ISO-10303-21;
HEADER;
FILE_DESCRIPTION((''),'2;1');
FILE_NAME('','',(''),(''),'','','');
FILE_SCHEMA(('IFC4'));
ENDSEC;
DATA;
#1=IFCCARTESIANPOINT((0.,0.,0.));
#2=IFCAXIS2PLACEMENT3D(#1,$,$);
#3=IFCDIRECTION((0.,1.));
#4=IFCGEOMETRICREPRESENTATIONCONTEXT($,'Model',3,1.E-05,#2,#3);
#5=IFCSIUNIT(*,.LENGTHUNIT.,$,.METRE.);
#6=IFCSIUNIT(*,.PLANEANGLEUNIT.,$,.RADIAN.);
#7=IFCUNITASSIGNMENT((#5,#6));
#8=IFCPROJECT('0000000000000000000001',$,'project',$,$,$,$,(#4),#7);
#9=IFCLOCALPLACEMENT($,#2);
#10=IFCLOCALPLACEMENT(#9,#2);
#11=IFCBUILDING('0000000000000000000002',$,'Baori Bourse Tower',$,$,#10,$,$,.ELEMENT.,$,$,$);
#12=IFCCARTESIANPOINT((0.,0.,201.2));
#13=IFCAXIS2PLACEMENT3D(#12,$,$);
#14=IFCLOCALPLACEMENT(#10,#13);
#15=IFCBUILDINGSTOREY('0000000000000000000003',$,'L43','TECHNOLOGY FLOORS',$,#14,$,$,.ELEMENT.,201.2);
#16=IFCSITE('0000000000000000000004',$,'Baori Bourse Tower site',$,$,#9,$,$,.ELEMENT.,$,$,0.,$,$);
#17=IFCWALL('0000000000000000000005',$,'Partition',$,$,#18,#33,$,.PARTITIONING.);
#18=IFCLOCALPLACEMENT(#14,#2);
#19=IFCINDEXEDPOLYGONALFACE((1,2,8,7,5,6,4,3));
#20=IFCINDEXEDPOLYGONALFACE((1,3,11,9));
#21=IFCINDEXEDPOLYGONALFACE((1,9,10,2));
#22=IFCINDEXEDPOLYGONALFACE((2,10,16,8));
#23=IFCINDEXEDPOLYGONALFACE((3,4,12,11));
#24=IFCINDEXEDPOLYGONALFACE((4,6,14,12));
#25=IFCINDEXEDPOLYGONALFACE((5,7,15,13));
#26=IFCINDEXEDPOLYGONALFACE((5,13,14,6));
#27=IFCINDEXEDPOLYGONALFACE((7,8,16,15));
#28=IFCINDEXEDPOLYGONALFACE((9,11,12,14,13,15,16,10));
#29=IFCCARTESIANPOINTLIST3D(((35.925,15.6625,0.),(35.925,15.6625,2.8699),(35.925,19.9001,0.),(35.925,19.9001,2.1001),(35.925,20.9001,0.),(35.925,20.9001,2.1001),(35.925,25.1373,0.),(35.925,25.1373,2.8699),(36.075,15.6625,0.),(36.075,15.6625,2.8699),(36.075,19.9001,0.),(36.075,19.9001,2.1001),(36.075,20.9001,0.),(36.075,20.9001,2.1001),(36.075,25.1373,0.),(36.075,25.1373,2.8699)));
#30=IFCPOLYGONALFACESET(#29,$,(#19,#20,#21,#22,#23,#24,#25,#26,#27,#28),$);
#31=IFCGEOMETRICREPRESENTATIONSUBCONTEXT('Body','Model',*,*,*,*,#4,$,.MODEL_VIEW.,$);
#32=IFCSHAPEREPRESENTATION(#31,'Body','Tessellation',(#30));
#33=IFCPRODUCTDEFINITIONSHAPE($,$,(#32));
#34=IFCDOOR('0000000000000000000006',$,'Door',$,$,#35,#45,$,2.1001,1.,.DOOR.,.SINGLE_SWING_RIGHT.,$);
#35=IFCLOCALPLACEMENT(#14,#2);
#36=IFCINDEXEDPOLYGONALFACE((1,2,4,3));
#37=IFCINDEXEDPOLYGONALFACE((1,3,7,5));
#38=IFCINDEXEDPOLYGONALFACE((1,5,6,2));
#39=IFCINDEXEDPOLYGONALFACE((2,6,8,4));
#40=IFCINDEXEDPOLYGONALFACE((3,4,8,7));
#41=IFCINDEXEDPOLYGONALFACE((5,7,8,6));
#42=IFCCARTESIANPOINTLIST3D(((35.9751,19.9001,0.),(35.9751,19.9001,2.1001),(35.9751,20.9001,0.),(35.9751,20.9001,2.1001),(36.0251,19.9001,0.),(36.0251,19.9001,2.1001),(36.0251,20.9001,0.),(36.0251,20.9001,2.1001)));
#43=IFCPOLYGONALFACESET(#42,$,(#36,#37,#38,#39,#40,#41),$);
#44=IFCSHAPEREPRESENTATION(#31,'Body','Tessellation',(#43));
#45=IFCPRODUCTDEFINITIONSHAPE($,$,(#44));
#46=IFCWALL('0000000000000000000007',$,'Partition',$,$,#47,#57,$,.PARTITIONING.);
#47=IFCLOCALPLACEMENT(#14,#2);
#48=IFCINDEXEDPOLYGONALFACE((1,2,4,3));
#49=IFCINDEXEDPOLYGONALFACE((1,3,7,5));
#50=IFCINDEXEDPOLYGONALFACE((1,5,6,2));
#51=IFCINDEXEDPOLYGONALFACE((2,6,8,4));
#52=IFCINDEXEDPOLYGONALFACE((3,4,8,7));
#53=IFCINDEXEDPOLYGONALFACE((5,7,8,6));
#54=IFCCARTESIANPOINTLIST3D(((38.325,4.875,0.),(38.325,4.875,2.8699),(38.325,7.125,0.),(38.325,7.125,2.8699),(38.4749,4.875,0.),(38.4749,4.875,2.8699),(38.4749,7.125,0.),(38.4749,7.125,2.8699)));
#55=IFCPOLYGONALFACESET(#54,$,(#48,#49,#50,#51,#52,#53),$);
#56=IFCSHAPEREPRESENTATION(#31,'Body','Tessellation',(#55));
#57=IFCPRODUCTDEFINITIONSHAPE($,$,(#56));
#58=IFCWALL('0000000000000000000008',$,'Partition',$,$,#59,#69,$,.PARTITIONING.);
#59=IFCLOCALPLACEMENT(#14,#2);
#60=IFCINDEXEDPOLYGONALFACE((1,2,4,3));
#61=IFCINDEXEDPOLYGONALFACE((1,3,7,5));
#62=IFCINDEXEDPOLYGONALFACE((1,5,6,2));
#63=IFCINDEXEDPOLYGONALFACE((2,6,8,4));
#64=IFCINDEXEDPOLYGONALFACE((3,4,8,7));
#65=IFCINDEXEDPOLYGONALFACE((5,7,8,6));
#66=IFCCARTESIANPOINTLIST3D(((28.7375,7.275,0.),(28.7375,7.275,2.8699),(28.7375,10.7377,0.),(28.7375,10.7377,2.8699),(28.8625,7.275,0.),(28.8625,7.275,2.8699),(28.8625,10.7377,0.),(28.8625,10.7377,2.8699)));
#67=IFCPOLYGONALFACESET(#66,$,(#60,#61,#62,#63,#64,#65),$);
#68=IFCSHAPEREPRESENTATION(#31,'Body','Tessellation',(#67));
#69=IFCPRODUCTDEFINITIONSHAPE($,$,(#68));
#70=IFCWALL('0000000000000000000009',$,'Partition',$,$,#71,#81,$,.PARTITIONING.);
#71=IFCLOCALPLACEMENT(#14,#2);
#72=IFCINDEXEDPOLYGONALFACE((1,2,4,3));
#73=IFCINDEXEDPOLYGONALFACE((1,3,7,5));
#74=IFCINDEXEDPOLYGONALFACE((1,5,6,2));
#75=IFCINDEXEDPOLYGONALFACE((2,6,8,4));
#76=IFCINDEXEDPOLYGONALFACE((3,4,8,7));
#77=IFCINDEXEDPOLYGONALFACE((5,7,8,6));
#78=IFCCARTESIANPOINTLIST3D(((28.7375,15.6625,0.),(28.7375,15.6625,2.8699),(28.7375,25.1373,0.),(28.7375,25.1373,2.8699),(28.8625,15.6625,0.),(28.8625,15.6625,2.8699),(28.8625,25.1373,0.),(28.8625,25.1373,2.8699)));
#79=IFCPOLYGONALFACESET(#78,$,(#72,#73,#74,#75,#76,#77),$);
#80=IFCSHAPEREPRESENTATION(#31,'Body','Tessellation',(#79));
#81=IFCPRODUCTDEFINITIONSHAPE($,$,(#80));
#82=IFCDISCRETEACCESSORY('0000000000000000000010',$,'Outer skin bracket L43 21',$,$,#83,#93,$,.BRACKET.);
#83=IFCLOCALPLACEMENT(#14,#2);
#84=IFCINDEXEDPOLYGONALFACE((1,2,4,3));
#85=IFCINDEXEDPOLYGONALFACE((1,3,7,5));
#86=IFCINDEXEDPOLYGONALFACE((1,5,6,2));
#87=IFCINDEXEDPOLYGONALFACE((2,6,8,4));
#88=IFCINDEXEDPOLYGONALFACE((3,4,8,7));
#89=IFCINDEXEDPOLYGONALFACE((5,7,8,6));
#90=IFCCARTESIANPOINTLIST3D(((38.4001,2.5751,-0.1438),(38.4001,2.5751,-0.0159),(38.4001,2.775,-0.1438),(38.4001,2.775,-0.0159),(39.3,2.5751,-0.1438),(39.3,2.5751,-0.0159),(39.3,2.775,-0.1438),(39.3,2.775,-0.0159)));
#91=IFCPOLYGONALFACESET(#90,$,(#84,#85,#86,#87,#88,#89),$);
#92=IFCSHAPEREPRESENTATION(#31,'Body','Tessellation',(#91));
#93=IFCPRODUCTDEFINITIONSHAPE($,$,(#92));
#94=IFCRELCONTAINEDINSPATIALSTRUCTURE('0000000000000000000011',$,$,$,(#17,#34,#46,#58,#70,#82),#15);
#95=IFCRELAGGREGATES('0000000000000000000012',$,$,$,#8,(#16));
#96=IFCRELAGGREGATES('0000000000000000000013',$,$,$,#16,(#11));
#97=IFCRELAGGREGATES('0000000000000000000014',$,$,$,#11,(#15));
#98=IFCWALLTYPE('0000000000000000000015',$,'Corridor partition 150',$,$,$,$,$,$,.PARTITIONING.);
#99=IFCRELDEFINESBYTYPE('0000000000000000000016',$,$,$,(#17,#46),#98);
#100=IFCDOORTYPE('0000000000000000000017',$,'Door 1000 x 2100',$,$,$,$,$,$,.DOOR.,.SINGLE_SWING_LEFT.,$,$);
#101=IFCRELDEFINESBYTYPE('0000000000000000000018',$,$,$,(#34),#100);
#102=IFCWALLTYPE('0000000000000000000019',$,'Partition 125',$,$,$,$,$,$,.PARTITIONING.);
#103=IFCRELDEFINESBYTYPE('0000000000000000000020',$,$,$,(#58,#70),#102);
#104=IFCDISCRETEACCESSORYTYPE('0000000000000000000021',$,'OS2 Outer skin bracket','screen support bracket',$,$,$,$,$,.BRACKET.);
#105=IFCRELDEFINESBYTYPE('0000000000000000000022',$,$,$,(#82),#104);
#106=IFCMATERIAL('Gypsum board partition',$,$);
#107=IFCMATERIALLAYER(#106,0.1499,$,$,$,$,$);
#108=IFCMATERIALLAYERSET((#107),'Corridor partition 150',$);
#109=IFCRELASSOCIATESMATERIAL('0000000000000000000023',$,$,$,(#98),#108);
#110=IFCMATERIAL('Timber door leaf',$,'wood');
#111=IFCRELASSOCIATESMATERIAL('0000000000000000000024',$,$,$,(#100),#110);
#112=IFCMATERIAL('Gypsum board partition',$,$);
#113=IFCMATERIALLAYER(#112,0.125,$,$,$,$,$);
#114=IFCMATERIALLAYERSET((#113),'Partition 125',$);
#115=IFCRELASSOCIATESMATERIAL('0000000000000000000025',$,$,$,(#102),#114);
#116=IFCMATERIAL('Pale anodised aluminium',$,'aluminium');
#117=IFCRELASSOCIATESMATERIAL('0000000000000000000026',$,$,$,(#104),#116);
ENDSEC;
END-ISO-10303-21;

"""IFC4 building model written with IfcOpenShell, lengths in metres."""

from ifc_helpers import new_model, si_unit, direction, frame, frame_2d, origin, origin_2d, place, context, subcontext, project, spatial, rectangle, extrude, material, layer, layer_set, type_object, element, fill, save


model = new_model("IFC4")

# Units and contexts
model_context = context("Model", 3, precision=1e-05, world=origin(), true_north=direction((0.0, 1.0)))
body_context = subcontext(model_context, "Body", "Model", "MODEL_VIEW")
ifc_project = project(units=[si_unit("LENGTHUNIT", "METRE"), si_unit("PLANEANGLEUNIT", "RADIAN")], contexts=[model_context])

# Site, building, storey
site_placement = place(None, origin())
site = spatial("IfcSite", under=ifc_project, at=site_placement, Name="Baori Bourse Tower site", CompositionType="ELEMENT", RefElevation=0.0)
building_placement = place(site_placement, origin())
building = spatial("IfcBuilding", under=site, at=building_placement, Name="Baori Bourse Tower", CompositionType="ELEMENT")
storey_placement = place(building_placement, frame((0.0, 0.0, 201.2)))
storey = spatial("IfcBuildingStorey", under=building, at=storey_placement, Name="L43", Description="TECHNOLOGY FLOORS", CompositionType="ELEMENT", Elevation=201.2)

# Shared definitions
ifc_material_1 = material(Name="Gypsum board partition")
ifc_layer_1 = layer(ifc_material_1, 0.1499)
ifc_layer_set_1 = layer_set([ifc_layer_1], Name="Corridor partition 150")
wall_type_1 = type_object("IfcWallType", Name="Corridor partition 150", PredefinedType="PARTITIONING", material=ifc_layer_set_1)
ifc_material_2 = material(Name="Timber door leaf", Category="wood")
door_type_1 = type_object("IfcDoorType", Name="Door 1000 x 2100", OperationType="SINGLE_SWING_LEFT", PredefinedType="DOOR", material=ifc_material_2)

# Wall, opening, door
wall_1_placement = place(storey_placement, frame((36.0, 15.6626, 0.0), z_axis=(0.0, 0.0, 1.0), x_axis=(0.0, 1.0, 0.0)))
wall_1 = element("IfcWall", 1, at=wall_1_placement, inside=storey, type_object=wall_type_1, Name="Partition", PredefinedType="PARTITIONING", context=body_context, shape_type="SweptSolid", body=[
    extrude(rectangle(XDim=9.4749, YDim=0.1499, at=frame_2d((4.7373, 0.0))), origin(), (0.0, 0.0, 1.0), 2.8699),
])
opening_1_placement = place(wall_1_placement, frame((4.2375, 0.0, 0.0)))
opening_1 = element("IfcOpeningElement", 2, at=opening_1_placement, cuts=wall_1, PredefinedType="OPENING", context=body_context, shape_type="SweptSolid", body=[
    extrude(rectangle(XDim=1.0, YDim=2.1001, at=frame_2d((0.5, 1.05))), frame((0.0, 0.085, 0.0), z_axis=(0.0, -1.0, 0.0), x_axis=(1.0, 0.0, 0.0)), (0.0, 0.0, 1.0), 0.1699),
])
door_1_placement = place(opening_1_placement, origin())
door_1 = element("IfcDoor", 3, at=door_1_placement, inside=storey, type_object=door_type_1, Name="Door", OperationType="SINGLE_SWING_RIGHT", OverallHeight=2.1001, OverallWidth=1.0, PredefinedType="DOOR", context=body_context, shape_type="SweptSolid", body=[
    extrude(rectangle(XDim=1.0, YDim=2.1001, at=frame_2d((0.5, 1.05))), frame((0.0, 0.0249, 0.0), z_axis=(0.0, -1.0, 0.0), x_axis=(1.0, 0.0, 0.0)), (0.0, 0.0, 1.0), 0.05),
])
fill(opening_1, door_1)

# Walls
wall_2_placement = place(storey_placement, frame((38.3999, 4.875, 0.0), z_axis=(0.0, 0.0, 1.0), x_axis=(0.0, 1.0, 0.0)))
element("IfcWall", 4, at=wall_2_placement, inside=storey, type_object=wall_type_1, Name="Partition", PredefinedType="PARTITIONING", context=body_context, shape_type="SweptSolid", body=[
    extrude(rectangle(XDim=2.25, YDim=0.1499, at=frame_2d((1.125, 0.0))), origin(), (0.0, 0.0, 1.0), 2.8699),
])
ifc_material_3 = material(Name="Gypsum board partition")
ifc_layer_2 = layer(ifc_material_3, 0.125)
ifc_layer_set_2 = layer_set([ifc_layer_2], Name="Partition 125")
wall_type_2 = type_object("IfcWallType", Name="Partition 125", PredefinedType="PARTITIONING", material=ifc_layer_set_2)
wall_3_placement = place(storey_placement, frame((28.8, 7.2749, 0.0), z_axis=(0.0, 0.0, 1.0), x_axis=(0.0, 1.0, 0.0)))
element("IfcWall", 5, at=wall_3_placement, inside=storey, type_object=wall_type_2, Name="Partition", PredefinedType="PARTITIONING", context=body_context, shape_type="SweptSolid", body=[
    extrude(rectangle(XDim=3.4626, YDim=0.125, at=frame_2d((1.7314, 0.0))), origin(), (0.0, 0.0, 1.0), 2.8699),
])
wall_4_placement = place(storey_placement, frame((28.8, 15.6626, 0.0), z_axis=(0.0, 0.0, 1.0), x_axis=(0.0, 1.0, 0.0)))
element("IfcWall", 6, at=wall_4_placement, inside=storey, type_object=wall_type_2, Name="Partition", PredefinedType="PARTITIONING", context=body_context, shape_type="SweptSolid", body=[
    extrude(rectangle(XDim=9.4749, YDim=0.125, at=frame_2d((4.7373, 0.0))), origin(), (0.0, 0.0, 1.0), 2.8699),
])

# Discrete accessory
ifc_material_4 = material(Name="Pale anodised aluminium", Category="aluminium")
discrete_accessory_type = type_object("IfcDiscreteAccessoryType", Name="OS2 Outer skin bracket", Description="screen support bracket", PredefinedType="BRACKET", material=ifc_material_4)
discrete_accessory_placement = place(storey_placement, frame((38.8501, 2.675, -0.1438), z_axis=(0.0, 0.0, 1.0), x_axis=(0.0, 1.0, 0.0)))
element("IfcDiscreteAccessory", 7, at=discrete_accessory_placement, inside=storey, type_object=discrete_accessory_type, Name="Outer skin bracket L43 21", PredefinedType="BRACKET", context=body_context, shape_type="SweptSolid", body=[
    extrude(rectangle(XDim=0.2, YDim=0.8999, at=origin_2d()), origin(), (0.0, 0.0, 1.0), 0.1279),
])

save(model, "model.ifc")
